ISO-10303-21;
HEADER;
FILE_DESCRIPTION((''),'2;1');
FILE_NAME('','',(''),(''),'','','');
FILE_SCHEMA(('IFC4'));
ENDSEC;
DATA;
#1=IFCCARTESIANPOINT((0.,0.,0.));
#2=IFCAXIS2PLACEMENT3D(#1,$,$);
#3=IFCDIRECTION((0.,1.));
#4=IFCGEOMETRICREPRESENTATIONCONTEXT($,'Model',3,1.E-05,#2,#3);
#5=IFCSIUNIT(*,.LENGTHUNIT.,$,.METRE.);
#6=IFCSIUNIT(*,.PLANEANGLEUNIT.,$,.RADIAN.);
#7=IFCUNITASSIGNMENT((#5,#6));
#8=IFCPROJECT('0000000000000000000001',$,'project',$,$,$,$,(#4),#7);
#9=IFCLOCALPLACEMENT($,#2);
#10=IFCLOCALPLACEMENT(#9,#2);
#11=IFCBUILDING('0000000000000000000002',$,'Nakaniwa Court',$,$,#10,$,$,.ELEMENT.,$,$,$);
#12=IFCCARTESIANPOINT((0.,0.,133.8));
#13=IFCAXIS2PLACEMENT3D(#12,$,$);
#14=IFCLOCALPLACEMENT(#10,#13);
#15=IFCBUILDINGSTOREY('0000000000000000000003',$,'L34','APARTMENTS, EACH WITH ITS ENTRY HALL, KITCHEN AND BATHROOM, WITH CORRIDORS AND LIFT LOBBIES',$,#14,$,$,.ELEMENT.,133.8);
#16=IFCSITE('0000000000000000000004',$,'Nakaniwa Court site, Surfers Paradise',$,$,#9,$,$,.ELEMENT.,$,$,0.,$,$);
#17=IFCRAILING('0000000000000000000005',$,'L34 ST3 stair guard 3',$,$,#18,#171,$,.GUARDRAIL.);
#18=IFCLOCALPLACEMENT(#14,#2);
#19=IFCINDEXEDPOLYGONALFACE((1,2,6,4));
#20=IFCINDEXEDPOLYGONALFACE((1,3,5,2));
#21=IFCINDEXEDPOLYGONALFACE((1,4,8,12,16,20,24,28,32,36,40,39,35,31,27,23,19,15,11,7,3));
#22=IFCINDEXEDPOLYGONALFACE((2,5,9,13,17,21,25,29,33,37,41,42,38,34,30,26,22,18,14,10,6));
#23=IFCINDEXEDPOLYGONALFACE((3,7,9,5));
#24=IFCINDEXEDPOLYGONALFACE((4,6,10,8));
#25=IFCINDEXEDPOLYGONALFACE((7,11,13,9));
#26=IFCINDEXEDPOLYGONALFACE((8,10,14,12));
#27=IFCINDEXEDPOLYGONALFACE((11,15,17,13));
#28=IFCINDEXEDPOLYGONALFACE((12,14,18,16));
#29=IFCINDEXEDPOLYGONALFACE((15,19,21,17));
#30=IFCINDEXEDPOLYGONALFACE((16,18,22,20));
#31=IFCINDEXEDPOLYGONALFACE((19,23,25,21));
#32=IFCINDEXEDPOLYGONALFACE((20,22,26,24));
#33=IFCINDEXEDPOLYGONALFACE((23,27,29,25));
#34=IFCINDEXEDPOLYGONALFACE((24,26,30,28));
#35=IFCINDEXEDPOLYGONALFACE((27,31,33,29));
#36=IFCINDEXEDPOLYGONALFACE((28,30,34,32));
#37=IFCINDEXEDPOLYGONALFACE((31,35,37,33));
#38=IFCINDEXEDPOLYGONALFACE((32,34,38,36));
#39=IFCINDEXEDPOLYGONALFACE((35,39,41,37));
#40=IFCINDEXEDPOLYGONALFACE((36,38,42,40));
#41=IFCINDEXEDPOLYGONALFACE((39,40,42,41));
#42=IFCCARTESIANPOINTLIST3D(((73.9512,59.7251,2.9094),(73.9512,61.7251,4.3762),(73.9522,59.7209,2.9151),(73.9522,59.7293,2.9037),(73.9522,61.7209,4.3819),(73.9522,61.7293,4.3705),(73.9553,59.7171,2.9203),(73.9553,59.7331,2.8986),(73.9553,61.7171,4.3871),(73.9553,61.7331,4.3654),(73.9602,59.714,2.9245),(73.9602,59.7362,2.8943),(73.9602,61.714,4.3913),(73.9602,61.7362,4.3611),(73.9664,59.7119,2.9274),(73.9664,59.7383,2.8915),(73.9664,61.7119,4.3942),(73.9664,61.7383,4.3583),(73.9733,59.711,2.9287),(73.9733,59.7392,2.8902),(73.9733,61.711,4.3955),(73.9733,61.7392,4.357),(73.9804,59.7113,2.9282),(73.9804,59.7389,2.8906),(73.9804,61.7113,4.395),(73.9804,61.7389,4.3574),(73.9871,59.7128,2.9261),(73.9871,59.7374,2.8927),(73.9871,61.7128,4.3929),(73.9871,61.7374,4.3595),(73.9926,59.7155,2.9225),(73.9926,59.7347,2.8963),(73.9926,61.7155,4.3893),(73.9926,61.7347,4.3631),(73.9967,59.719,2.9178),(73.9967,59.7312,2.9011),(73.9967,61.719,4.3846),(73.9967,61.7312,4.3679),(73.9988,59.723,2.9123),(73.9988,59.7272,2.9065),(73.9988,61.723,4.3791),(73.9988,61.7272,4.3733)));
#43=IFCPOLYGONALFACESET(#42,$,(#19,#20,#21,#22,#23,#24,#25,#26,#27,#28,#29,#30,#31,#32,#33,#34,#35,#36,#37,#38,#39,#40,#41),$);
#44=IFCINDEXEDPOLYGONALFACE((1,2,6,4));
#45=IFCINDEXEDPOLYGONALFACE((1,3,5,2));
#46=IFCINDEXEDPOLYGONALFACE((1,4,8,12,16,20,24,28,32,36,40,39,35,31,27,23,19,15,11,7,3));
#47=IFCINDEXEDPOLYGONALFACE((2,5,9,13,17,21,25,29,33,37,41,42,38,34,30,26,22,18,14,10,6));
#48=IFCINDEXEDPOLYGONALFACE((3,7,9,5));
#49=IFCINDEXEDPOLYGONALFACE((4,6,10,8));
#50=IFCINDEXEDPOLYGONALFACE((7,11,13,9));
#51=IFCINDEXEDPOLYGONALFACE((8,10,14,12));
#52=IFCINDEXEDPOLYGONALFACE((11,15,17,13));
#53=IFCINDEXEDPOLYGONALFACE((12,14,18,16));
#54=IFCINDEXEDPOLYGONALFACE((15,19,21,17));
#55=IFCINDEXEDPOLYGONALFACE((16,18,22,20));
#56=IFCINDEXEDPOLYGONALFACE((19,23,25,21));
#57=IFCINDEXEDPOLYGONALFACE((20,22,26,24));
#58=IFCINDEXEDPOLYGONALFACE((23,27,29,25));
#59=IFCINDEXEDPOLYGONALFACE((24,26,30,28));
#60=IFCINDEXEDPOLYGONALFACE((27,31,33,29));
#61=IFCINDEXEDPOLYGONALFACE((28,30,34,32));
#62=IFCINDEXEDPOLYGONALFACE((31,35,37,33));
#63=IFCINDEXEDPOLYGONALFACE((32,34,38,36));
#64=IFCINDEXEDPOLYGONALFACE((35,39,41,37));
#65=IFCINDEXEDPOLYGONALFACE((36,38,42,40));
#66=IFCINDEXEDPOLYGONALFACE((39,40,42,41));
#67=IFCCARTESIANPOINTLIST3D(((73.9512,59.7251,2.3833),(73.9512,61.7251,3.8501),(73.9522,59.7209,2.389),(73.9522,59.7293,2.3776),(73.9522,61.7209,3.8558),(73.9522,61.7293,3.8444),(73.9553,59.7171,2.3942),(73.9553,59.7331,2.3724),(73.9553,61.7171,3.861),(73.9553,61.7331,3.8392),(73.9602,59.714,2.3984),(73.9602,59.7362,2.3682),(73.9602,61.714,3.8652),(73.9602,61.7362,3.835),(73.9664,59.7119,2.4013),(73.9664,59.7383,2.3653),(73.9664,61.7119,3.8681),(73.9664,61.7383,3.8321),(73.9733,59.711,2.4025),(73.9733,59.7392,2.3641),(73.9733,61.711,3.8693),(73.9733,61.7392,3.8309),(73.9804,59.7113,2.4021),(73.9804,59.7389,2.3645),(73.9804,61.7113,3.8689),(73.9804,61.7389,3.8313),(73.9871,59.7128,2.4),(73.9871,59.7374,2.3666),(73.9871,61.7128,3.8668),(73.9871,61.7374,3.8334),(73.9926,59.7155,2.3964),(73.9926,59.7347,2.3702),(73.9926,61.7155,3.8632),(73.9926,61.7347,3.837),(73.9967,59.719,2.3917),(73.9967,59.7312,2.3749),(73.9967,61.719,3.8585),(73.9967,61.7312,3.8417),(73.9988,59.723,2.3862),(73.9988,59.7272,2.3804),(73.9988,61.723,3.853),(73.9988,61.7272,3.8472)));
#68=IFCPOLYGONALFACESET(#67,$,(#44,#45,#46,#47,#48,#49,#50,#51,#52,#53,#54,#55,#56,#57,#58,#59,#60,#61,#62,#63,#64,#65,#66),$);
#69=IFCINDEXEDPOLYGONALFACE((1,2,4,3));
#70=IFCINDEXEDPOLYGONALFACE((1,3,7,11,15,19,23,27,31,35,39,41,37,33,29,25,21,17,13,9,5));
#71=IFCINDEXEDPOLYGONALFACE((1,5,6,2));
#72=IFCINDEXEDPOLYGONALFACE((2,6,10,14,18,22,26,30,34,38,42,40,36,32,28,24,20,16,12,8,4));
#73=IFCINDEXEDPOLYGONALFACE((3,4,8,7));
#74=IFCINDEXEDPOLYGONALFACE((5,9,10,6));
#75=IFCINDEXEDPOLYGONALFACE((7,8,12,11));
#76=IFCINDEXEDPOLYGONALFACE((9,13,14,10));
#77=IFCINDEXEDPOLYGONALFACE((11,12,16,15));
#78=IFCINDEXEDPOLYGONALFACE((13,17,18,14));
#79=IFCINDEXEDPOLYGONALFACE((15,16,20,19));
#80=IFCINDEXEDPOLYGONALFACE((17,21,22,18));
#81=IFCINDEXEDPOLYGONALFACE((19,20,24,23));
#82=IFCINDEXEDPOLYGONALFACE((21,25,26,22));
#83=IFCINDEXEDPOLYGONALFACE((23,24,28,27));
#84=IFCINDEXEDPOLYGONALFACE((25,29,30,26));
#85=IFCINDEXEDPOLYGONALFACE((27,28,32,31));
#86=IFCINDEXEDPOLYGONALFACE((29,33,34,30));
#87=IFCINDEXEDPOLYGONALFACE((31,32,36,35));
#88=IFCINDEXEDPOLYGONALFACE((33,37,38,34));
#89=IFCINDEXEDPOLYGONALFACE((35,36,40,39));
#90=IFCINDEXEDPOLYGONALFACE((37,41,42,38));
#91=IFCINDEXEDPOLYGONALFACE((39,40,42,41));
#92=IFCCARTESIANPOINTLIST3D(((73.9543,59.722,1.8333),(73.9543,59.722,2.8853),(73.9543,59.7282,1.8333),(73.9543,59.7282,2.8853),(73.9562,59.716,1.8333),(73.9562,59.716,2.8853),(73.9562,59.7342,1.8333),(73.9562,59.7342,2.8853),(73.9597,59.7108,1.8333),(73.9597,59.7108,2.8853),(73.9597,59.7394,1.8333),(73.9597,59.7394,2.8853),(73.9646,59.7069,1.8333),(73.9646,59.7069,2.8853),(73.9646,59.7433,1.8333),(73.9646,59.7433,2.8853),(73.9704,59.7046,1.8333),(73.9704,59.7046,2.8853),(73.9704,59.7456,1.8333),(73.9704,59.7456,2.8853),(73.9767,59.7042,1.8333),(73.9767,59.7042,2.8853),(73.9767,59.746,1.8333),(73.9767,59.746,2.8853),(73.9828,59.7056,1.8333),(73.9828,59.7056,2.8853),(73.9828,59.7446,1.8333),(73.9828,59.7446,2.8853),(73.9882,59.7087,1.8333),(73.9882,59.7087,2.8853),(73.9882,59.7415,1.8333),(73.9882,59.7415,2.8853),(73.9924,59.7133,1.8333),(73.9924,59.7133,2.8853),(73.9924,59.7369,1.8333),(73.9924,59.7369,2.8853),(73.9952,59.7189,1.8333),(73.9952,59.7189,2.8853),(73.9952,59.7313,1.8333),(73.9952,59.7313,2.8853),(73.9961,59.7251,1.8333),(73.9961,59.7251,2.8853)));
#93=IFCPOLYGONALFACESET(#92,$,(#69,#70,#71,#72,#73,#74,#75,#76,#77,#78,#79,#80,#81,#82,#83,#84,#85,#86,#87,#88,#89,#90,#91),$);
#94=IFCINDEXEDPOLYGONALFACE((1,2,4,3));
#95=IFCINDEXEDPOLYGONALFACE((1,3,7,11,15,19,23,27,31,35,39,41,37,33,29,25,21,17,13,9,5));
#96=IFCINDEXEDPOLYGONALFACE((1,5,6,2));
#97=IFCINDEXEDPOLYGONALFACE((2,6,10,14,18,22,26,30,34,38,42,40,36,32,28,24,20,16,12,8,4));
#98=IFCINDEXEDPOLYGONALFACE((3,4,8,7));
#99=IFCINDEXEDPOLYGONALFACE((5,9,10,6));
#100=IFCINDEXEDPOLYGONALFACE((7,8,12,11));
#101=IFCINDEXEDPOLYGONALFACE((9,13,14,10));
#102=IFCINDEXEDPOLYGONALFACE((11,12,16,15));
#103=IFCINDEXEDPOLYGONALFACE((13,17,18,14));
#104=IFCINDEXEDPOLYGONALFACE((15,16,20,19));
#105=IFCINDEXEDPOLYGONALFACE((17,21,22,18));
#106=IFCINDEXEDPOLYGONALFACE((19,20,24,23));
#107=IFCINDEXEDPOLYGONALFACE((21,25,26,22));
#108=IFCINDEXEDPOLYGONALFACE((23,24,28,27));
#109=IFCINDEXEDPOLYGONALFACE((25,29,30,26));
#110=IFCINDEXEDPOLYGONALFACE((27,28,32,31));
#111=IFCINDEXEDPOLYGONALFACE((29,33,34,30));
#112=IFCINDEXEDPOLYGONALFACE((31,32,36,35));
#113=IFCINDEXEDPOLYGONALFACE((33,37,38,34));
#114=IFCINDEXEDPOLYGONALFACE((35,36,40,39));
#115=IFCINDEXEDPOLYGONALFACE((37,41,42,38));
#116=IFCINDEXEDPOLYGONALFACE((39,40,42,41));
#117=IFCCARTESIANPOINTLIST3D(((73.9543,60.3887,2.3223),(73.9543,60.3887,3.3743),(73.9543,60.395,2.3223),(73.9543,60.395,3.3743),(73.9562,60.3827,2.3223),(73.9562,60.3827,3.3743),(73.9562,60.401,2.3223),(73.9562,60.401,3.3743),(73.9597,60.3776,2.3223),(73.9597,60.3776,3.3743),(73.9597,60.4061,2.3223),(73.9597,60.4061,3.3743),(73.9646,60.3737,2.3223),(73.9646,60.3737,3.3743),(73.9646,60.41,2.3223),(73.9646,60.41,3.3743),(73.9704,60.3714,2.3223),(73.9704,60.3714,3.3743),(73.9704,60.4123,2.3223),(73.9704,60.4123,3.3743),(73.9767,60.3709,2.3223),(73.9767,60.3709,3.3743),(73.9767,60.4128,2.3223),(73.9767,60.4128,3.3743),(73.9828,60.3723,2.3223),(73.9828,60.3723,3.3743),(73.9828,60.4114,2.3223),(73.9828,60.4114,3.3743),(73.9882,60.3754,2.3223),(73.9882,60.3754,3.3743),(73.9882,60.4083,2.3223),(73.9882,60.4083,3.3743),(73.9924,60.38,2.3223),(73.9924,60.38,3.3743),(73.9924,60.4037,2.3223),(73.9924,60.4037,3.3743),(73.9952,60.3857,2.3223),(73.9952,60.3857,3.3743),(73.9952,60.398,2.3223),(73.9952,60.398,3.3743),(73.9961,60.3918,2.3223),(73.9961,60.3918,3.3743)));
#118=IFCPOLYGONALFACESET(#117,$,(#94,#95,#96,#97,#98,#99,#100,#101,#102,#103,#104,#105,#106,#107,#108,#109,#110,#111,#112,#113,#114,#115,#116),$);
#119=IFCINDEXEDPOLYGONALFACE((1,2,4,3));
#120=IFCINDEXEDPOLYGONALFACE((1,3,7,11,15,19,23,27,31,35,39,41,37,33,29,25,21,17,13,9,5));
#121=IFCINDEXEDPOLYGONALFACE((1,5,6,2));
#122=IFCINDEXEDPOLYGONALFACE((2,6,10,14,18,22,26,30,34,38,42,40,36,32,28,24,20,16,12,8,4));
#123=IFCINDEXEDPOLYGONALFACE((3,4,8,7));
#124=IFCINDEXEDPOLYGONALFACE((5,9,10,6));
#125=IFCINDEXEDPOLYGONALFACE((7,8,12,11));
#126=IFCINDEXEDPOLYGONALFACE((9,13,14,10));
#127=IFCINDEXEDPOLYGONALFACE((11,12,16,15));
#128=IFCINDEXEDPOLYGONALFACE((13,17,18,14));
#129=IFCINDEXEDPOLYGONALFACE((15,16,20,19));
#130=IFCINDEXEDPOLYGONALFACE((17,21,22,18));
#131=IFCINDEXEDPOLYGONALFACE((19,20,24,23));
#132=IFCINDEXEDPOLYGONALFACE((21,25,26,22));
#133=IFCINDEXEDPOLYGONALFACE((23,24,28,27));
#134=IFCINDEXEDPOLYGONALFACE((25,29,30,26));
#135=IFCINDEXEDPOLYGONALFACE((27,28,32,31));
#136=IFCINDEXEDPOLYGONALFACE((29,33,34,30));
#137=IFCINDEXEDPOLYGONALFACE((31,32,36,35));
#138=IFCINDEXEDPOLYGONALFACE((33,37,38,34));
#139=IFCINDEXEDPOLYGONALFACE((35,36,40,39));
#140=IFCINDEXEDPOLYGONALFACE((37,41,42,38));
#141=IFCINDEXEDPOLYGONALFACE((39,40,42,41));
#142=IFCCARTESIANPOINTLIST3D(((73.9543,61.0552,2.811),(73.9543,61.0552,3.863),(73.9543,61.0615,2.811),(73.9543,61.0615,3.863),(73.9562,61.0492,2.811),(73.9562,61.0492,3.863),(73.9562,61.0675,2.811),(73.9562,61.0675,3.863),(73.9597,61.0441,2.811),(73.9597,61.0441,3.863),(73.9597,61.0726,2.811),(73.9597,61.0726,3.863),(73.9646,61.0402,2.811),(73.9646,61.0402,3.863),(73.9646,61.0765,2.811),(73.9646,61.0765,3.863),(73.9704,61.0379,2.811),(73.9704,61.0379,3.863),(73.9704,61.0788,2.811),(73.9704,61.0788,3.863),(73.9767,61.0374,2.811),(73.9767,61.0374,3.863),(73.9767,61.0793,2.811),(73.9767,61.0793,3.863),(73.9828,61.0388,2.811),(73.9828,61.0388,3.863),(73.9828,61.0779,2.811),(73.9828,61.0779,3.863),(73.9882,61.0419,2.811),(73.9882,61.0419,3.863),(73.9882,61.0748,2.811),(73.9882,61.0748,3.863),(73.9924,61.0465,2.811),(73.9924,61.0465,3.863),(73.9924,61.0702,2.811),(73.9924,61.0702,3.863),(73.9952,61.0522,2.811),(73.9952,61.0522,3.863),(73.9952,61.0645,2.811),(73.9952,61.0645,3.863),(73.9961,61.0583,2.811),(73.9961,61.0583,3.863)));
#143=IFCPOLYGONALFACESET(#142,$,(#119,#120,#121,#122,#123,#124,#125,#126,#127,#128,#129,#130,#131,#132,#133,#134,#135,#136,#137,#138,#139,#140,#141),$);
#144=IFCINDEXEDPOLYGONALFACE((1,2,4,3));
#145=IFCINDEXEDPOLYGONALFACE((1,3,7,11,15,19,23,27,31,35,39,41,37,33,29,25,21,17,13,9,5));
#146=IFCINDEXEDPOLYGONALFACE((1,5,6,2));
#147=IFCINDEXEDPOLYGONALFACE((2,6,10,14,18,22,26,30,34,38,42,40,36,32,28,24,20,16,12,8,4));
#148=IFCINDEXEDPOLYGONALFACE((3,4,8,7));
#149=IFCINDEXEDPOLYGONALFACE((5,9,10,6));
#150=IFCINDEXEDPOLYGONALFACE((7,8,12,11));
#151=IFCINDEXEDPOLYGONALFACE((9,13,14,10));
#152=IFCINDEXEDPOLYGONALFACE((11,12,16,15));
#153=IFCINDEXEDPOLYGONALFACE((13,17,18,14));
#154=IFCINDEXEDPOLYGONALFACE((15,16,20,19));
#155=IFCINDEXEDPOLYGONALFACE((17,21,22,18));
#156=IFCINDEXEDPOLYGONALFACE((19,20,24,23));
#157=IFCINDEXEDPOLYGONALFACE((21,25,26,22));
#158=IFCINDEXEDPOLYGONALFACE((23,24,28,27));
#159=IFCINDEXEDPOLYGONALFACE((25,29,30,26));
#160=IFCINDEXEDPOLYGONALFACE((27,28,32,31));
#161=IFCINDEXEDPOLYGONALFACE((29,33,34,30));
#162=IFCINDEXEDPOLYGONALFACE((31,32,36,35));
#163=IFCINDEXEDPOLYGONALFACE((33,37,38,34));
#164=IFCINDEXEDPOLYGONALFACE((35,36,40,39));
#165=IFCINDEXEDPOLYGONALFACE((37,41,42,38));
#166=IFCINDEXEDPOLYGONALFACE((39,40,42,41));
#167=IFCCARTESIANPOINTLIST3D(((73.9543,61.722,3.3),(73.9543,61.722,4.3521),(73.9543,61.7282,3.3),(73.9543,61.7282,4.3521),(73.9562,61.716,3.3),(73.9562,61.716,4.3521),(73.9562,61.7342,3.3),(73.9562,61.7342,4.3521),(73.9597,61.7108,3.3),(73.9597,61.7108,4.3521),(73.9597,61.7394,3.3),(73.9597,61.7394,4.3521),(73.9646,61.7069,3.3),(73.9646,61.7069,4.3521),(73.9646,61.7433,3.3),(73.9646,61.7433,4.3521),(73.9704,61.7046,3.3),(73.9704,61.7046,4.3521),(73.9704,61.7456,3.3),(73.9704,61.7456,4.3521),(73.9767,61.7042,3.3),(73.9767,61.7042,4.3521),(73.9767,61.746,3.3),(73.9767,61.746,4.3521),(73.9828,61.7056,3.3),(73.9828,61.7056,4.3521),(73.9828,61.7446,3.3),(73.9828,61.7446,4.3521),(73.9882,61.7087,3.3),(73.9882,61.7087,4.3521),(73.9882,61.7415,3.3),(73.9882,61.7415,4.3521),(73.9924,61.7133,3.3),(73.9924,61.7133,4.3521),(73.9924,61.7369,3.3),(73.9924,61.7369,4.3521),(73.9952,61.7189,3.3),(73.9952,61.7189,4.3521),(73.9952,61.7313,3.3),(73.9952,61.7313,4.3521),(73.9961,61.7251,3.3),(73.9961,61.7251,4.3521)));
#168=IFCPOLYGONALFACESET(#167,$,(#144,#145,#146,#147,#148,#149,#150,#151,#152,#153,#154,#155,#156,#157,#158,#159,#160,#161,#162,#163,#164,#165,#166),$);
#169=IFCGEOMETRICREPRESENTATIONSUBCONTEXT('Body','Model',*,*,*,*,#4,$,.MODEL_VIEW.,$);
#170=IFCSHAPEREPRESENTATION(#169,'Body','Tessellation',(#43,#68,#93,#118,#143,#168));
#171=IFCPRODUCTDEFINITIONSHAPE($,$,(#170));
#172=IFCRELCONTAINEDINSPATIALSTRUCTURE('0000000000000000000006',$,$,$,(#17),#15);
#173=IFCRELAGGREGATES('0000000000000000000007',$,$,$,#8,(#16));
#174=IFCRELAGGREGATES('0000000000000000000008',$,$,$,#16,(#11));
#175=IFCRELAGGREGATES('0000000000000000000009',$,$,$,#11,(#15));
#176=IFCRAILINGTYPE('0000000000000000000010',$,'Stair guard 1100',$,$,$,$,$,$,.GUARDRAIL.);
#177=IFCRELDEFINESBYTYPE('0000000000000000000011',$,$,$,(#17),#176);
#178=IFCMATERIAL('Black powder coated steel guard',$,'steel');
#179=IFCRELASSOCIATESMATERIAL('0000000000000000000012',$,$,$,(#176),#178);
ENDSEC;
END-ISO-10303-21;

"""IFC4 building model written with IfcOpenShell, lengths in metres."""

from ifc_helpers import new_model, si_unit, direction, frame, origin, origin_2d, place, context, subcontext, project, spatial, circle, extrude, material, type_object, element, save


model = new_model("IFC4")

# Units and contexts
model_context = context("Model", 3, precision=1e-05, world=origin(), true_north=direction((0.0, 1.0)))
body_context = subcontext(model_context, "Body", "Model", "MODEL_VIEW")
ifc_project = project(units=[si_unit("LENGTHUNIT", "METRE"), si_unit("PLANEANGLEUNIT", "RADIAN")], contexts=[model_context])

# Site, building, storey
site_placement = place(None, origin())
site = spatial("IfcSite", under=ifc_project, at=site_placement, Name="Nakaniwa Court site, Surfers Paradise", CompositionType="ELEMENT", RefElevation=0.0)
building_placement = place(site_placement, origin())
building = spatial("IfcBuilding", under=site, at=building_placement, Name="Nakaniwa Court", CompositionType="ELEMENT")
storey_placement = place(building_placement, frame((0.0, 0.0, 133.8)))
storey = spatial("IfcBuildingStorey", under=building, at=storey_placement, Name="L34", Description="APARTMENTS, EACH WITH ITS ENTRY HALL, KITCHEN AND BATHROOM, WITH CORRIDORS AND LIFT LOBBIES", CompositionType="ELEMENT", Elevation=133.8)

# Railing
ifc_material_1 = material(Name="Black powder coated steel guard", Category="steel")
railing_type_1 = type_object("IfcRailingType", Name="Stair guard 1100", PredefinedType="GUARDRAIL", material=ifc_material_1)
railing_1_placement = place(storey_placement, frame((73.9751, 59.7251, 1.8333)))
element("IfcRailing", 1, at=railing_1_placement, inside=storey, type_object=railing_type_1, Name="L34 ST3 stair guard 3", PredefinedType="GUARDRAIL", context=body_context, shape_type="SweptSolid", body=[
    extrude(circle(Radius=0.0239, at=origin_2d()), frame((0.0, 0.0, 1.0762), z_axis=(0.0, 0.80638, 0.591398), x_axis=(-1.0, 0.0, 0.0)), (0.0, 0.0, 1.0), 2.4802),
    extrude(circle(Radius=0.0239, at=origin_2d()), frame((0.0, 0.0, 0.55), z_axis=(0.0, 0.80638, 0.591398), x_axis=(-1.0, 0.0, 0.0)), (0.0, 0.0, 1.0), 2.4802),
    extrude(circle(Radius=0.021, at=origin_2d()), origin(), (0.0, 0.0, 1.0), 1.052),
    extrude(circle(Radius=0.021, at=origin_2d()), frame((0.0, 0.6667, 0.489)), (0.0, 0.0, 1.0), 1.052),
    extrude(circle(Radius=0.021, at=origin_2d()), frame((0.0, 1.3333, 0.9778)), (0.0, 0.0, 1.0), 1.052),
    extrude(circle(Radius=0.021, at=origin_2d()), frame((0.0, 2.0, 1.4668)), (0.0, 0.0, 1.0), 1.052),
])

save(model, "model.ifc")
